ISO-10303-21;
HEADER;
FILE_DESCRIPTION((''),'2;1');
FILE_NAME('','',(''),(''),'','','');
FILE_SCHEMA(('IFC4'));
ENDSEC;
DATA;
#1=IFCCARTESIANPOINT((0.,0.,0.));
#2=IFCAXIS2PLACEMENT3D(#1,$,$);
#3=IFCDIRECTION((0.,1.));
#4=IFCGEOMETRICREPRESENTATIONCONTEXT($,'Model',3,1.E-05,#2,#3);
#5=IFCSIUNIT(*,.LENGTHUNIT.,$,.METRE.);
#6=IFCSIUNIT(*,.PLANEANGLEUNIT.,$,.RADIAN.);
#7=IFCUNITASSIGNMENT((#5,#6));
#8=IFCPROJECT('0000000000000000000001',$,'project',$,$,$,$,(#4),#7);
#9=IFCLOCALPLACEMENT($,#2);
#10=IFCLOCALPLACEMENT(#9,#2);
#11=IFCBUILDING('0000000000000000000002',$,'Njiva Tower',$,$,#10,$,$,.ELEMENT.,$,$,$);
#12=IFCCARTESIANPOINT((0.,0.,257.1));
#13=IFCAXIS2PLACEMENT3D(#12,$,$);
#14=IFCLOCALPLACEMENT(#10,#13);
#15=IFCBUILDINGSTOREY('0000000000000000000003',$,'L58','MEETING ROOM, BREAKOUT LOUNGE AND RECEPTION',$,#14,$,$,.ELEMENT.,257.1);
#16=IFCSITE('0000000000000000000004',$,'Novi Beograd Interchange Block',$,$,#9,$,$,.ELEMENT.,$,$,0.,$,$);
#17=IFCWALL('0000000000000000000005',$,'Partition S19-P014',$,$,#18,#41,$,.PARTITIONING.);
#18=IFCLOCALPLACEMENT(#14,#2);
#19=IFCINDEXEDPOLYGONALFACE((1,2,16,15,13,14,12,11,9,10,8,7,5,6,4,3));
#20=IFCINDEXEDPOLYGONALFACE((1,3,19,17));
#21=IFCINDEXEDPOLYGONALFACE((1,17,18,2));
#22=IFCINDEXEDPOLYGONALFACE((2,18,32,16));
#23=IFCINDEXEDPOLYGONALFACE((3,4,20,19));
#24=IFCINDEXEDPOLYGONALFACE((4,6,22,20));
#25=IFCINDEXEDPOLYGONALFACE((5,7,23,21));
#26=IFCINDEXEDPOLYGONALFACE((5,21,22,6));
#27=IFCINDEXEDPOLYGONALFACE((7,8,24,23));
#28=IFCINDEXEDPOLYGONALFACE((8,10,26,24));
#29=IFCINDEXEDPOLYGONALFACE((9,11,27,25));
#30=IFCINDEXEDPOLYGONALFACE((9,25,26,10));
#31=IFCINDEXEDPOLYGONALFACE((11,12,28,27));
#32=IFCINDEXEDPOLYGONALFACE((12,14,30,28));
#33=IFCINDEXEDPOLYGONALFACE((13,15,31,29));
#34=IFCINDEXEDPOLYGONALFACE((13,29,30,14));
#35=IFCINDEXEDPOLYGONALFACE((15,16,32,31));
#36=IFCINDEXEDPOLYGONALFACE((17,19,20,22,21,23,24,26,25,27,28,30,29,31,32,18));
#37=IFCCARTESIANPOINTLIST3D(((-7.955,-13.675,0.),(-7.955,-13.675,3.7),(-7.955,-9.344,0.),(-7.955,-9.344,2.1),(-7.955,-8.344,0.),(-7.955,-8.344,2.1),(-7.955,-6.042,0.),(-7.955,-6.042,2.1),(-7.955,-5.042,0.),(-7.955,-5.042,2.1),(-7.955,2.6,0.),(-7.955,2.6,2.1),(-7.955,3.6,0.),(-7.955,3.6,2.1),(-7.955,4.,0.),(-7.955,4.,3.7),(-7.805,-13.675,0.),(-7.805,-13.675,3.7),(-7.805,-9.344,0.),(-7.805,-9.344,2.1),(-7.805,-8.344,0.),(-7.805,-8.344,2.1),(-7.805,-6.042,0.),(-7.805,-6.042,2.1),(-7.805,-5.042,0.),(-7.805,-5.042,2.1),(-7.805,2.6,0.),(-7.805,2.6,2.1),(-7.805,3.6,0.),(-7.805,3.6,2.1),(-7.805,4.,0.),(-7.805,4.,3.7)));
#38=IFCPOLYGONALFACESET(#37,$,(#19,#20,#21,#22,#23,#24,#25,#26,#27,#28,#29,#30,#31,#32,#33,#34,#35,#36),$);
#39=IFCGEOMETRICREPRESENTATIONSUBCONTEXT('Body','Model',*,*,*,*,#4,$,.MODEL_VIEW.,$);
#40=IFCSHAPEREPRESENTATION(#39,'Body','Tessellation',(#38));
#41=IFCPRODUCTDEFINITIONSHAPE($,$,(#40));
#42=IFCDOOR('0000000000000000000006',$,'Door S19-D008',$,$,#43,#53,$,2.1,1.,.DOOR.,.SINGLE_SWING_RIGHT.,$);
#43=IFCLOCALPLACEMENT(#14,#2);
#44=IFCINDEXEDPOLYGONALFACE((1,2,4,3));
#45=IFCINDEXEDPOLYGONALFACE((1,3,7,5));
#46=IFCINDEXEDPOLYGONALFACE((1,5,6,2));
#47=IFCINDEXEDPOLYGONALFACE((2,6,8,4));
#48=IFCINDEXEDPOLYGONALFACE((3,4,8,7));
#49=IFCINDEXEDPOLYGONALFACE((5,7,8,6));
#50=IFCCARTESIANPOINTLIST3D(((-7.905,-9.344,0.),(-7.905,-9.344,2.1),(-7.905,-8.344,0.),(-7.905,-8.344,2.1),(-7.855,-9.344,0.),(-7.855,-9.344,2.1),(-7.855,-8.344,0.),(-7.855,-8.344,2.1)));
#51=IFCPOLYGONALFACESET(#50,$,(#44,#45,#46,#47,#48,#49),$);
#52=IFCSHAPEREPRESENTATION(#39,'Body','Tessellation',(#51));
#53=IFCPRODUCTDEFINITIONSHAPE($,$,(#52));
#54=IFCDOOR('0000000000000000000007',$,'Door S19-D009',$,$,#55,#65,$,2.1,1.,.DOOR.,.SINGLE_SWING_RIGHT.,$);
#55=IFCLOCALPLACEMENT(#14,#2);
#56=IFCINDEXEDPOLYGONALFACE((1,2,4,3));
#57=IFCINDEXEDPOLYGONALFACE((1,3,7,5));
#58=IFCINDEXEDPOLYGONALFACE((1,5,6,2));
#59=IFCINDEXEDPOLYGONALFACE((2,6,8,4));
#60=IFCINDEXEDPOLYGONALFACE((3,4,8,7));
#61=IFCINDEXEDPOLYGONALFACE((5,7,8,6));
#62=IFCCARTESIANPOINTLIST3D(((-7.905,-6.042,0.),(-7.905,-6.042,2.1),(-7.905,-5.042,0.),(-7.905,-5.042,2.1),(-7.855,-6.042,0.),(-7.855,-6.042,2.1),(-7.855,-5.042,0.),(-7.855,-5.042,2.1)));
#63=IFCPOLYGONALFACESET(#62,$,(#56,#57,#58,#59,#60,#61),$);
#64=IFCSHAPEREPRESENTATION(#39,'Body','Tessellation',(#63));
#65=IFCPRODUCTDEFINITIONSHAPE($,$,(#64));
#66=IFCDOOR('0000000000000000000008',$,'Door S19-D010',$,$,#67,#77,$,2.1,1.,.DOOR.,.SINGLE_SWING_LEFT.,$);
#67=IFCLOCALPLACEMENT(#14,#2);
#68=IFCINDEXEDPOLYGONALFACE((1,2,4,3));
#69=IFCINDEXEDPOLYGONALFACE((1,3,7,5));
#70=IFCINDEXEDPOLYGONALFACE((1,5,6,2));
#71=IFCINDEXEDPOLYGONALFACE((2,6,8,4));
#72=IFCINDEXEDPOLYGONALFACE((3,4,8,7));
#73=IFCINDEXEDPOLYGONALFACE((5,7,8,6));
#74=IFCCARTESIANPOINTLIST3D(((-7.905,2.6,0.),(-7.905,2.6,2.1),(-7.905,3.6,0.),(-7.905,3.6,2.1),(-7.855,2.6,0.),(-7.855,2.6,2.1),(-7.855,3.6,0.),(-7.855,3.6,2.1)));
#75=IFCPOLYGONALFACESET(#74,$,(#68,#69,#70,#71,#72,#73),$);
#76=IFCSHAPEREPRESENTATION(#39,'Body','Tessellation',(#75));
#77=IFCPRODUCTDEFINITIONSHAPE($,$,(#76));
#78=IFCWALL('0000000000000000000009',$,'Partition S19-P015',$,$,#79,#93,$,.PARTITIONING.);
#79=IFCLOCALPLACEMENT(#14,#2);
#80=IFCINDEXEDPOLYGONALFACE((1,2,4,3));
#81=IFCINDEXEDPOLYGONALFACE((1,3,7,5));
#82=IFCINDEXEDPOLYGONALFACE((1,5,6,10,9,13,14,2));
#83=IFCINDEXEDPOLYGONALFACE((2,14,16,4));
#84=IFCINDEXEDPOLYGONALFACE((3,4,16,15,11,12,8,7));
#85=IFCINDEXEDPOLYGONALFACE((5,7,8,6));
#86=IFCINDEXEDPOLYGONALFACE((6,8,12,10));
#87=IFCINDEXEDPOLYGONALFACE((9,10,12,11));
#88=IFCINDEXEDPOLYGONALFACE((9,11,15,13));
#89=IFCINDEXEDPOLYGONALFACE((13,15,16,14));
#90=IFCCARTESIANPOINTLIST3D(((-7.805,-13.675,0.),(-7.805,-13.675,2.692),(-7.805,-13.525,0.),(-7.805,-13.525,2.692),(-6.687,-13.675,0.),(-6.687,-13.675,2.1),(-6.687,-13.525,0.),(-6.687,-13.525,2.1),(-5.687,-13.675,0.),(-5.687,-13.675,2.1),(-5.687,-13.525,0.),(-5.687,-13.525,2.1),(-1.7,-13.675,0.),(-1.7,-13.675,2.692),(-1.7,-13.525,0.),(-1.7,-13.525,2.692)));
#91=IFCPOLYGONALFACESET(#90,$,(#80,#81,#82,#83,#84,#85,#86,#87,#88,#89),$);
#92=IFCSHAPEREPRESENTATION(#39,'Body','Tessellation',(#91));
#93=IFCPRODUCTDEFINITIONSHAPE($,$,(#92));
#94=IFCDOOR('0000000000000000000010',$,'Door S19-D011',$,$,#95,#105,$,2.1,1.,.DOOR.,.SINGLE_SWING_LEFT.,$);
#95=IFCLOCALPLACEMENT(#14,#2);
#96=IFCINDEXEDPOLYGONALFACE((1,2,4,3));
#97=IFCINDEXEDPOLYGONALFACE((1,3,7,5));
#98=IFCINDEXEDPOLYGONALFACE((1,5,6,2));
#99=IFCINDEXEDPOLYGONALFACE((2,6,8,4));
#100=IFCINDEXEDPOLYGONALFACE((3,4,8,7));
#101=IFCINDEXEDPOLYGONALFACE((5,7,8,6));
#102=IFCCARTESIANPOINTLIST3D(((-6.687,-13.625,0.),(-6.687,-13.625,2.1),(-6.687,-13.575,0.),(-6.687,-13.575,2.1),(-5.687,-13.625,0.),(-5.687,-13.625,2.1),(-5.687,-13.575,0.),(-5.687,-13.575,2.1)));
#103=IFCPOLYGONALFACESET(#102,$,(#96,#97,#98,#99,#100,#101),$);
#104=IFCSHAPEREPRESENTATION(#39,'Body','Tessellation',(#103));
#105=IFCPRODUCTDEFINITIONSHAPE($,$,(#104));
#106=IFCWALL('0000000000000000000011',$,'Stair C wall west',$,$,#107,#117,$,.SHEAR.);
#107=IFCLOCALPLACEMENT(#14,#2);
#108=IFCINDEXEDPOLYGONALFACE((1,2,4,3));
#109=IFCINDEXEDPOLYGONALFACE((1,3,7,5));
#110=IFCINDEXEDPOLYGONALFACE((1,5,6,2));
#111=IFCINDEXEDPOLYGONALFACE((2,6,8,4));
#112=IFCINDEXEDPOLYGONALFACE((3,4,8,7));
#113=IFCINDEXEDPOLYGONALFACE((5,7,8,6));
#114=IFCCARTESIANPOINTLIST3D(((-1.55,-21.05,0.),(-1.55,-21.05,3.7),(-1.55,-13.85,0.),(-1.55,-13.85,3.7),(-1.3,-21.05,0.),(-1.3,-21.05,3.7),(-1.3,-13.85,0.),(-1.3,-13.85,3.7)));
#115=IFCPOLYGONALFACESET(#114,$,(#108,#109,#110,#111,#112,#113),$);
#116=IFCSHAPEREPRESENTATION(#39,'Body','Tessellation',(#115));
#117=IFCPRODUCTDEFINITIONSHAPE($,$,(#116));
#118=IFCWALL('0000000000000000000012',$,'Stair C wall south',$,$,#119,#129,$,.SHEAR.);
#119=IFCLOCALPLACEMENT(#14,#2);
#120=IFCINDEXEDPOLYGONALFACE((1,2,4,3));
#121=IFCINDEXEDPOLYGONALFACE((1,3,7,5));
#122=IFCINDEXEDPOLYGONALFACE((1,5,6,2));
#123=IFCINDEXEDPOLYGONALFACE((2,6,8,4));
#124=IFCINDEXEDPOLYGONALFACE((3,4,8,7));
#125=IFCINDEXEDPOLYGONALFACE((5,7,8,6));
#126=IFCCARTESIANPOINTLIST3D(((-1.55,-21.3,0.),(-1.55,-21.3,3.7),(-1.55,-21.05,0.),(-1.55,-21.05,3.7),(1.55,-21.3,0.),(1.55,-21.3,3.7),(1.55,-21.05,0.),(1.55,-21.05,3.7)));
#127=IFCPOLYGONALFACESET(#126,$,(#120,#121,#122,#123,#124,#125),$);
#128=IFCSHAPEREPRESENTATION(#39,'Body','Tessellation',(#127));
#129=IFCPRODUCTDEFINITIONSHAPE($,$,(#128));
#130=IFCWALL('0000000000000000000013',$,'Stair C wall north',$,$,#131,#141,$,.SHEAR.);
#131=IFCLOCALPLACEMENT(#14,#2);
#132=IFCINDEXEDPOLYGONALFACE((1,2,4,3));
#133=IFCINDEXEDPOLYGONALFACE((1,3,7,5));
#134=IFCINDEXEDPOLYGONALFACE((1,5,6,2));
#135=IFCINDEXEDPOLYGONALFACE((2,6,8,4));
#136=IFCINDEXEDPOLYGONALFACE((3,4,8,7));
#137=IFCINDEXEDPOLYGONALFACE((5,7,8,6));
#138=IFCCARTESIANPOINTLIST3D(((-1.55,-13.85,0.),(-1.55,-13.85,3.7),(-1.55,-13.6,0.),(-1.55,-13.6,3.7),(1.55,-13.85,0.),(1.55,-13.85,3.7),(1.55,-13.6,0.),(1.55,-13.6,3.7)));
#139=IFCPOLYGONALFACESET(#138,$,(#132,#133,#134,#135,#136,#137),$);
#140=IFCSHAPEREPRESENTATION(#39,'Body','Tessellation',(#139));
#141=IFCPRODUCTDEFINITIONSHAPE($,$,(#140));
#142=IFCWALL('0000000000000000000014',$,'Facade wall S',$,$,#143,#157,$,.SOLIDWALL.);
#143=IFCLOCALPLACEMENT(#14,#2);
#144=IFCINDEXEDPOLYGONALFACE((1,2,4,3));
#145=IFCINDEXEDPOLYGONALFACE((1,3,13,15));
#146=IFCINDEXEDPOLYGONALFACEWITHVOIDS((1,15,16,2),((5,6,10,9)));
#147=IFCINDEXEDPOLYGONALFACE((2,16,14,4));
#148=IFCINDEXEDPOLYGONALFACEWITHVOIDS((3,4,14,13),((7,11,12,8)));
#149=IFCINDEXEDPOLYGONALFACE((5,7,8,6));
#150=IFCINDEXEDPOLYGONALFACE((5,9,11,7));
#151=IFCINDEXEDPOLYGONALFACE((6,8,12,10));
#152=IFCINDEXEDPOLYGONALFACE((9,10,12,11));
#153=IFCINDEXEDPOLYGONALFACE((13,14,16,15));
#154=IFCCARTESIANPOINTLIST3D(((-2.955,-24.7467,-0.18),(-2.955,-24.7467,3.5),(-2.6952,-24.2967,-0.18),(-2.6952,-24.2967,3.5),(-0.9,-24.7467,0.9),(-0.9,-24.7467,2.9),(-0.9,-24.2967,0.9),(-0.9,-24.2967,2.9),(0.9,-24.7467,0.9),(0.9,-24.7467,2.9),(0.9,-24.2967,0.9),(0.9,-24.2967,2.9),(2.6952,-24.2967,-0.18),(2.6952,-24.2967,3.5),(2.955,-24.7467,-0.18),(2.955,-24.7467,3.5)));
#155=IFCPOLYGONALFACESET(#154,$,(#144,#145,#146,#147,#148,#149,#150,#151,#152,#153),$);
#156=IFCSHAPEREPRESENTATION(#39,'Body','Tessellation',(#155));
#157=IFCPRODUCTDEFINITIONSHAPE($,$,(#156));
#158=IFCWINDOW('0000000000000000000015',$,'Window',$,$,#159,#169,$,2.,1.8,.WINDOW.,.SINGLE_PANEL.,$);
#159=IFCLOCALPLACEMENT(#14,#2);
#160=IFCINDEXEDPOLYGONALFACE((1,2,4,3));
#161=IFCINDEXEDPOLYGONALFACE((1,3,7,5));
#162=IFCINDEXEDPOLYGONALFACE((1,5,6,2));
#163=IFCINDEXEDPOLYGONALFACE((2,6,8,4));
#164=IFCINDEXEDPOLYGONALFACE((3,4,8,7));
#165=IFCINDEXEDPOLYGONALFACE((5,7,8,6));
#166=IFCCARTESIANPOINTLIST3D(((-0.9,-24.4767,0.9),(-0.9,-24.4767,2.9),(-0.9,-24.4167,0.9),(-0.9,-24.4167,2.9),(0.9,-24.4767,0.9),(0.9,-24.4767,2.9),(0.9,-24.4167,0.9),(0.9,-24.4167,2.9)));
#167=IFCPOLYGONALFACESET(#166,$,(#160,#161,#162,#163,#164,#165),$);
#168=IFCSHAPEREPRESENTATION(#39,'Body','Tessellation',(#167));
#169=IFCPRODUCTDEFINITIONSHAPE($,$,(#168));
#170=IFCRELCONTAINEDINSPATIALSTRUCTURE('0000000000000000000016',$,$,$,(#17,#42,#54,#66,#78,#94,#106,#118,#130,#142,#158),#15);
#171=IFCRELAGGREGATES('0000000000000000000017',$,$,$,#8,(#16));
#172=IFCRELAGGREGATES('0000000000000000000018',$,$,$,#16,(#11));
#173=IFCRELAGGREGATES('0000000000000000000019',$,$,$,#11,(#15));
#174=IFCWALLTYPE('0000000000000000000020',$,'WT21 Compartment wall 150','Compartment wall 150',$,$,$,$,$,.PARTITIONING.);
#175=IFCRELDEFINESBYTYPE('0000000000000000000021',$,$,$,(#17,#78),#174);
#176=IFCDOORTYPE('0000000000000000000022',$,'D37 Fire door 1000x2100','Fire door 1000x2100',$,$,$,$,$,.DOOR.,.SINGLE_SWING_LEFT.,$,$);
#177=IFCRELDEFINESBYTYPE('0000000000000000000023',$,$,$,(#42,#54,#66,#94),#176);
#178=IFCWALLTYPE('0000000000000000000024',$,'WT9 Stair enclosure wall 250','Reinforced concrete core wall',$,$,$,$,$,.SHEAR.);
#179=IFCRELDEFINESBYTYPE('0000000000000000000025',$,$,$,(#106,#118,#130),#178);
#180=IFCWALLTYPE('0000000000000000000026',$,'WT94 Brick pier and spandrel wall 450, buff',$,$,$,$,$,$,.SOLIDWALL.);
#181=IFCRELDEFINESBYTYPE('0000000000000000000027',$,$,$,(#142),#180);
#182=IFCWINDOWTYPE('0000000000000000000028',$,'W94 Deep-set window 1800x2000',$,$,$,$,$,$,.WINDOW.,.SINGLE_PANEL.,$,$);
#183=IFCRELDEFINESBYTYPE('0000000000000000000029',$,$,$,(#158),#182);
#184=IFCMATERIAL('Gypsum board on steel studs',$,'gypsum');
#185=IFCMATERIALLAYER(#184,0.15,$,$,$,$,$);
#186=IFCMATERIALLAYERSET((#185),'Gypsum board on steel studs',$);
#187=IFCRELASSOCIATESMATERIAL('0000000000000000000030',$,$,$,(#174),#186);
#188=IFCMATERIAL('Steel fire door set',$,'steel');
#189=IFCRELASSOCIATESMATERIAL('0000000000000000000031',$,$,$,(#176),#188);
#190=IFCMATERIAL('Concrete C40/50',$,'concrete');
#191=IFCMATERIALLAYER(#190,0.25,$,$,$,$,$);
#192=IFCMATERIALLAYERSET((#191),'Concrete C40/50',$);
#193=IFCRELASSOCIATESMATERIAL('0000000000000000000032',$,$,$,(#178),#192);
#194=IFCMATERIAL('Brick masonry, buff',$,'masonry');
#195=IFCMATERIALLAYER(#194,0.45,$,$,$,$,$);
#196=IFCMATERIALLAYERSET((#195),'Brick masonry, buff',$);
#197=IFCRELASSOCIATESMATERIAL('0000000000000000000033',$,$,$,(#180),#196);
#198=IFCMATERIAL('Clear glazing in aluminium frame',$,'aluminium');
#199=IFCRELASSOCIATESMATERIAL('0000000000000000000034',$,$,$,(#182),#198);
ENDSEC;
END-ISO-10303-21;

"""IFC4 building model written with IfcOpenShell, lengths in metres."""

from ifc_helpers import new_model, si_unit, direction, frame, frame_2d, origin, place, context, subcontext, project, spatial, polyline, rectangle, outline, extrude, material, layer, layer_set, type_object, element, fill, save


model = new_model("IFC4")

# Units and contexts
model_context = context("Model", 3, precision=1e-05, world=origin(), true_north=direction((0.0, 1.0)))
body_context = subcontext(model_context, "Body", "Model", "MODEL_VIEW")
ifc_project = project(units=[si_unit("LENGTHUNIT", "METRE"), si_unit("PLANEANGLEUNIT", "RADIAN")], contexts=[model_context])

# Site, building, storey
site_placement = place(None, origin())
site = spatial("IfcSite", under=ifc_project, at=site_placement, Name="Novi Beograd Interchange Block", CompositionType="ELEMENT", RefElevation=0.0)
building_placement = place(site_placement, origin())
building = spatial("IfcBuilding", under=site, at=building_placement, Name="Njiva Tower", CompositionType="ELEMENT")
storey_placement = place(building_placement, frame((0.0, 0.0, 257.1)))
storey = spatial("IfcBuildingStorey", under=building, at=storey_placement, Name="L58", Description="MEETING ROOM, BREAKOUT LOUNGE AND RECEPTION", CompositionType="ELEMENT", Elevation=257.1)

# Shared definitions
ifc_material_1 = material(Name="Gypsum board on steel studs", Category="gypsum")

# Wall, openings, doors
ifc_layer_1 = layer(ifc_material_1, 0.15)
ifc_layer_set_1 = layer_set([ifc_layer_1], Name="Gypsum board on steel studs")
wall_type_1 = type_object("IfcWallType", Name="WT21 Compartment wall 150", Description="Compartment wall 150", PredefinedType="PARTITIONING", material=ifc_layer_set_1)
wall_1_placement = place(storey_placement, frame((-7.88, -13.675, 0.0), z_axis=(0.0, 0.0, 1.0), x_axis=(0.0, 1.0, 0.0)))
wall_1 = element("IfcWall", 1, at=wall_1_placement, inside=storey, type_object=wall_type_1, Name="Partition S19-P014", PredefinedType="PARTITIONING", context=body_context, shape_type="SweptSolid", body=[
    extrude(rectangle(XDim=17.675, YDim=0.15, at=frame_2d((8.8375, 0.0))), origin(), (0.0, 0.0, 1.0), 3.7),
])
opening_1_placement = place(wall_1_placement, frame((4.331, 0.0, 0.0)))
opening_1 = element("IfcOpeningElement", 2, at=opening_1_placement, cuts=wall_1, PredefinedType="OPENING", context=body_context, shape_type="SweptSolid", body=[
    extrude(rectangle(XDim=1.0, YDim=2.1, at=frame_2d((0.5, 1.05))), frame((0.0, 0.085, 0.0), z_axis=(0.0, -1.0, 0.0), x_axis=(1.0, 0.0, 0.0)), (0.0, 0.0, 1.0), 0.17),
])
opening_2_placement = place(wall_1_placement, frame((7.633, 0.0, 0.0)))
opening_2 = element("IfcOpeningElement", 3, at=opening_2_placement, cuts=wall_1, PredefinedType="OPENING", context=body_context, shape_type="SweptSolid", body=[
    extrude(rectangle(XDim=1.0, YDim=2.1, at=frame_2d((0.5, 1.05))), frame((0.0, 0.085, 0.0), z_axis=(0.0, -1.0, 0.0), x_axis=(1.0, 0.0, 0.0)), (0.0, 0.0, 1.0), 0.17),
])
opening_3_placement = place(wall_1_placement, frame((16.275, 0.0, 0.0)))
opening_3 = element("IfcOpeningElement", 4, at=opening_3_placement, cuts=wall_1, PredefinedType="OPENING", context=body_context, shape_type="SweptSolid", body=[
    extrude(rectangle(XDim=1.0, YDim=2.1, at=frame_2d((0.5, 1.05))), frame((0.0, 0.085, 0.0), z_axis=(0.0, -1.0, 0.0), x_axis=(1.0, 0.0, 0.0)), (0.0, 0.0, 1.0), 0.17),
])
ifc_material_2 = material(Name="Steel fire door set", Category="steel")
door_type = type_object("IfcDoorType", Name="D37 Fire door 1000x2100", Description="Fire door 1000x2100", OperationType="SINGLE_SWING_LEFT", PredefinedType="DOOR", material=ifc_material_2)
door_1_placement = place(opening_1_placement, origin())
door_1 = element("IfcDoor", 5, at=door_1_placement, inside=storey, type_object=door_type, Name="Door S19-D008", OperationType="SINGLE_SWING_RIGHT", OverallHeight=2.1, OverallWidth=1.0, PredefinedType="DOOR", context=body_context, shape_type="SweptSolid", body=[
    extrude(rectangle(XDim=1.0, YDim=2.1, at=frame_2d((0.5, 1.05))), frame((0.0, 0.025, 0.0), z_axis=(0.0, -1.0, 0.0), x_axis=(1.0, 0.0, 0.0)), (0.0, 0.0, 1.0), 0.05),
])
fill(opening_1, door_1)
door_2_placement = place(opening_2_placement, origin())
door_2 = element("IfcDoor", 6, at=door_2_placement, inside=storey, type_object=door_type, Name="Door S19-D009", OperationType="SINGLE_SWING_RIGHT", OverallHeight=2.1, OverallWidth=1.0, PredefinedType="DOOR", context=body_context, shape_type="SweptSolid", body=[
    extrude(rectangle(XDim=1.0, YDim=2.1, at=frame_2d((0.5, 1.05))), frame((0.0, 0.025, 0.0), z_axis=(0.0, -1.0, 0.0), x_axis=(1.0, 0.0, 0.0)), (0.0, 0.0, 1.0), 0.05),
])
fill(opening_2, door_2)
door_3_placement = place(opening_3_placement, origin())
door_3 = element("IfcDoor", 7, at=door_3_placement, inside=storey, type_object=door_type, Name="Door S19-D010", OperationType="SINGLE_SWING_LEFT", OverallHeight=2.1, OverallWidth=1.0, PredefinedType="DOOR", context=body_context, shape_type="SweptSolid", body=[
    extrude(rectangle(XDim=1.0, YDim=2.1, at=frame_2d((0.5, 1.05))), frame((0.0, 0.025, 0.0), z_axis=(0.0, -1.0, 0.0), x_axis=(1.0, 0.0, 0.0)), (0.0, 0.0, 1.0), 0.05),
])
fill(opening_3, door_3)

# Wall, opening, door
wall_2_placement = place(storey_placement, frame((-7.805, -13.6, 0.0), z_axis=(0.0, 0.0, 1.0), x_axis=(1.0, 0.0, 0.0)))
wall_2 = element("IfcWall", 8, at=wall_2_placement, inside=storey, type_object=wall_type_1, Name="Partition S19-P015", PredefinedType="PARTITIONING", context=body_context, shape_type="SweptSolid", body=[
    extrude(rectangle(XDim=6.105, YDim=0.15, at=frame_2d((3.0525, 0.0))), origin(), (0.0, 0.0, 1.0), 2.692),
])
opening_4_placement = place(wall_2_placement, frame((1.118, 0.0, 0.0)))
opening_4 = element("IfcOpeningElement", 9, at=opening_4_placement, cuts=wall_2, PredefinedType="OPENING", context=body_context, shape_type="SweptSolid", body=[
    extrude(rectangle(XDim=1.0, YDim=2.1, at=frame_2d((0.5, 1.05))), frame((0.0, 0.085, 0.0), z_axis=(0.0, -1.0, 0.0), x_axis=(1.0, 0.0, 0.0)), (0.0, 0.0, 1.0), 0.17),
])
door_4_placement = place(opening_4_placement, origin())
door_4 = element("IfcDoor", 10, at=door_4_placement, inside=storey, type_object=door_type, Name="Door S19-D011", OperationType="SINGLE_SWING_LEFT", OverallHeight=2.1, OverallWidth=1.0, PredefinedType="DOOR", context=body_context, shape_type="SweptSolid", body=[
    extrude(rectangle(XDim=1.0, YDim=2.1, at=frame_2d((0.5, 1.05))), frame((0.0, 0.025, 0.0), z_axis=(0.0, -1.0, 0.0), x_axis=(1.0, 0.0, 0.0)), (0.0, 0.0, 1.0), 0.05),
])
fill(opening_4, door_4)

# Walls
ifc_material_3 = material(Name="Concrete C40/50", Category="concrete")
ifc_layer_2 = layer(ifc_material_3, 0.25)
ifc_layer_set_2 = layer_set([ifc_layer_2], Name="Concrete C40/50")
wall_type_2 = type_object("IfcWallType", Name="WT9 Stair enclosure wall 250", Description="Reinforced concrete core wall", PredefinedType="SHEAR", material=ifc_layer_set_2)
wall_3_placement = place(storey_placement, frame((-1.425, -21.05, 0.0), z_axis=(0.0, 0.0, 1.0), x_axis=(0.0, 1.0, 0.0)))
element("IfcWall", 11, at=wall_3_placement, inside=storey, type_object=wall_type_2, Name="Stair C wall west", PredefinedType="SHEAR", context=body_context, shape_type="SweptSolid", body=[
    extrude(rectangle(XDim=7.2, YDim=0.25, at=frame_2d((3.6, 0.0))), origin(), (0.0, 0.0, 1.0), 3.7),
])
for number, where, z_axis, x_axis, name in (
    (12, (-1.55, -21.175, 0.0), (0.0, 0.0, 1.0), (1.0, 0.0, 0.0), "Stair C wall south"),
    (13, (-1.55, -13.725, 0.0), (0.0, 0.0, 1.0), (1.0, 0.0, 0.0), "Stair C wall north"),
):
    element("IfcWall", number, at=place(storey_placement, frame(where, z_axis=z_axis, x_axis=x_axis)), inside=storey, type_object=wall_type_2, Name=name, PredefinedType="SHEAR", context=body_context, shape_type="SweptSolid", body=[
        extrude(rectangle(XDim=3.1, YDim=0.25, at=frame_2d((1.55, 0.0))), origin(), (0.0, 0.0, 1.0), 3.7),
    ])

# Wall, opening, window
ifc_material_4 = material(Name="Brick masonry, buff", Category="masonry")
ifc_layer_3 = layer(ifc_material_4, 0.45)
ifc_layer_set_3 = layer_set([ifc_layer_3], Name="Brick masonry, buff")
wall_type_3 = type_object("IfcWallType", Name="WT94 Brick pier and spandrel wall 450, buff", PredefinedType="SOLIDWALL", material=ifc_layer_set_3)
wall_4_placement = place(storey_placement, frame((-2.8251, -24.5217, -0.18), z_axis=(0.0, 0.0, 1.0), x_axis=(1.0, 0.0, 0.0)))
wall_4 = element("IfcWall", 14, at=wall_4_placement, inside=storey, type_object=wall_type_3, Name="Facade wall S", PredefinedType="SOLIDWALL", context=body_context, shape_type="SweptSolid", body=[
    extrude(outline(polyline([(-0.1299, -0.225), (5.7801, -0.225), (5.5203, 0.225), (0.1299, 0.225), (-0.1299, -0.225)])), origin(), (0.0, 0.0, 1.0), 3.68),
])
opening_5_placement = place(wall_4_placement, frame((1.9251, 0.0, 1.08)))
opening_5 = element("IfcOpeningElement", 15, at=opening_5_placement, cuts=wall_4, PredefinedType="OPENING", context=body_context, shape_type="SweptSolid", body=[
    extrude(rectangle(XDim=1.8, YDim=2.0, at=frame_2d((0.9, 1.0))), frame((0.0, 0.235, 0.0), z_axis=(0.0, -1.0, 0.0), x_axis=(1.0, 0.0, 0.0)), (0.0, 0.0, 1.0), 0.47),
])
ifc_material_5 = material(Name="Clear glazing in aluminium frame", Category="aluminium")
window_type = type_object("IfcWindowType", Name="W94 Deep-set window 1800x2000", PartitioningType="SINGLE_PANEL", PredefinedType="WINDOW", material=ifc_material_5)
window_placement = place(opening_5_placement, origin())
window = element("IfcWindow", 16, at=window_placement, inside=storey, type_object=window_type, Name="Window", OverallHeight=2.0, OverallWidth=1.8, PartitioningType="SINGLE_PANEL", PredefinedType="WINDOW", context=body_context, shape_type="SweptSolid", body=[
    extrude(rectangle(XDim=1.8, YDim=2.0, at=frame_2d((0.9, 1.0))), frame((0.0, 0.105, 0.0), z_axis=(0.0, -1.0, 0.0), x_axis=(1.0, 0.0, 0.0)), (0.0, 0.0, 1.0), 0.06),
])
fill(opening_5, window)

save(model, "model.ifc")
